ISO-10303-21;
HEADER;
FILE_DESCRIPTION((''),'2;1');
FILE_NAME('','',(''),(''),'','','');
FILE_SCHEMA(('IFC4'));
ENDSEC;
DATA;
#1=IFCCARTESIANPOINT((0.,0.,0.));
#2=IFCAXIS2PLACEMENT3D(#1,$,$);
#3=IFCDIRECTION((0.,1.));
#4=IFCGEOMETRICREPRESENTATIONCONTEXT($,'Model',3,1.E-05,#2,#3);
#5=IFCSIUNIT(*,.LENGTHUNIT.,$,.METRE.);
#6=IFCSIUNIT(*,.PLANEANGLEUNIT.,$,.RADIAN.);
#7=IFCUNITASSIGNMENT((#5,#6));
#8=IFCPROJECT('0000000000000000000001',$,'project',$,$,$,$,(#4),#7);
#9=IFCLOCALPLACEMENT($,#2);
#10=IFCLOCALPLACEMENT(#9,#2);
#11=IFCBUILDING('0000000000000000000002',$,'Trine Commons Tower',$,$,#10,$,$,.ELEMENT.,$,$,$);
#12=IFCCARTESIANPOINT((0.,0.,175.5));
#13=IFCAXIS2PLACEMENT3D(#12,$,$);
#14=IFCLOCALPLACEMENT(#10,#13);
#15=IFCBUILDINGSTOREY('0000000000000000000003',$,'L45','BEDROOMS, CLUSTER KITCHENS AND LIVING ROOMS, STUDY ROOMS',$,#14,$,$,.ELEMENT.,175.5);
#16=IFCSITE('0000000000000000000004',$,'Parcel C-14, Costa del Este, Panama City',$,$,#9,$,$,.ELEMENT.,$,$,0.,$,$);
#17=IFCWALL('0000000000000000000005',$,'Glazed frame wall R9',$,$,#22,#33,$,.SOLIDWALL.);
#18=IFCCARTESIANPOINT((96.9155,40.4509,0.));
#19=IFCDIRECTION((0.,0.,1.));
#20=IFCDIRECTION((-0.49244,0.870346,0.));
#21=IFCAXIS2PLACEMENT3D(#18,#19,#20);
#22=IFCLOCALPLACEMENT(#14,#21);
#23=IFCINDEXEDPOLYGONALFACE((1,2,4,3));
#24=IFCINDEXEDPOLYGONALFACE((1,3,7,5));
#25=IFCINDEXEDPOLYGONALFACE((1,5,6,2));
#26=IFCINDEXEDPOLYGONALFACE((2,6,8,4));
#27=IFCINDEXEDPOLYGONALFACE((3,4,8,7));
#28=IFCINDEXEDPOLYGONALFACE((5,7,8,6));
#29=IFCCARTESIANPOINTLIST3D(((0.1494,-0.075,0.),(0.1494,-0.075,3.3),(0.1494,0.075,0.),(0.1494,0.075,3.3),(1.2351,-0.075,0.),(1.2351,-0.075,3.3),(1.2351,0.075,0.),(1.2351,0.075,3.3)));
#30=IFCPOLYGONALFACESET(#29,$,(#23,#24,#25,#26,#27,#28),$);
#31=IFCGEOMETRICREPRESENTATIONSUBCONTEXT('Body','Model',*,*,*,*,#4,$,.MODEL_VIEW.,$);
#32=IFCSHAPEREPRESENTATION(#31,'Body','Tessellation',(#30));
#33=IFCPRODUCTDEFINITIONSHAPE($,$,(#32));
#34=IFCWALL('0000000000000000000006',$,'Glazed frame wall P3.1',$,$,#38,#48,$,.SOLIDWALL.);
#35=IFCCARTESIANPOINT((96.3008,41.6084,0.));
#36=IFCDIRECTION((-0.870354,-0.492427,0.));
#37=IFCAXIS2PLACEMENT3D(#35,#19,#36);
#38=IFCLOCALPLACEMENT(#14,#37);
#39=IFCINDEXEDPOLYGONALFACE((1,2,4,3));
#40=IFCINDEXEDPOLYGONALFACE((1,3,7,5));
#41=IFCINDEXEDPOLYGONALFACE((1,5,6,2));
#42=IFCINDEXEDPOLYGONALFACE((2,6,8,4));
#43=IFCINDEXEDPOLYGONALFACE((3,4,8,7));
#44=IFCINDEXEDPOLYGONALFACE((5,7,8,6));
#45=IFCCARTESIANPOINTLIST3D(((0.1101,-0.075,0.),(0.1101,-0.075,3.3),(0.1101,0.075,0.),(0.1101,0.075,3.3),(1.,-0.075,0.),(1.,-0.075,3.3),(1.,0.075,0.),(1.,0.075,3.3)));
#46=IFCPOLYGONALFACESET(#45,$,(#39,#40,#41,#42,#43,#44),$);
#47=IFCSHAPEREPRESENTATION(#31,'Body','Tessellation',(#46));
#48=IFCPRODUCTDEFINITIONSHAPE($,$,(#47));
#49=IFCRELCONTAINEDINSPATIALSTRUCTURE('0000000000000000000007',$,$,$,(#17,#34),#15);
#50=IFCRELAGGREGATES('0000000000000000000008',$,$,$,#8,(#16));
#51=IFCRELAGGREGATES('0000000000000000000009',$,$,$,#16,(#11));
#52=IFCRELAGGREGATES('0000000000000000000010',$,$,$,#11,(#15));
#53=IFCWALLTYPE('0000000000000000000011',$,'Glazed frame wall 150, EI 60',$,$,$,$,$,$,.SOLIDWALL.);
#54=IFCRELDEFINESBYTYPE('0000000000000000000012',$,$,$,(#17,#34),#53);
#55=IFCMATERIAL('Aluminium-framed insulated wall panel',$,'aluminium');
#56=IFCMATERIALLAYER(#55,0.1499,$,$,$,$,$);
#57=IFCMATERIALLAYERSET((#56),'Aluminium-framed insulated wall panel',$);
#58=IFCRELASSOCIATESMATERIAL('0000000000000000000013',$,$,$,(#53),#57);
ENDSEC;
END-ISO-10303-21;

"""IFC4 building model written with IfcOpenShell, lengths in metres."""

from ifc_helpers import new_model, si_unit, direction, frame, origin, place, context, subcontext, project, spatial, polyline, outline, extrude, material, layer, layer_set, type_object, element, save


model = new_model("IFC4")

# Units and contexts
model_context = context("Model", 3, precision=1e-05, world=origin(), true_north=direction((0.0, 1.0)))
body_context = subcontext(model_context, "Body", "Model", "MODEL_VIEW")
ifc_project = project(units=[si_unit("LENGTHUNIT", "METRE"), si_unit("PLANEANGLEUNIT", "RADIAN")], contexts=[model_context])

# Site, building, storey
site_placement = place(None, origin())
site = spatial("IfcSite", under=ifc_project, at=site_placement, Name="Parcel C-14, Costa del Este, Panama City", CompositionType="ELEMENT", RefElevation=0.0)
building_placement = place(site_placement, origin())
building = spatial("IfcBuilding", under=site, at=building_placement, Name="Trine Commons Tower", CompositionType="ELEMENT")
storey_placement = place(building_placement, frame((0.0, 0.0, 175.5)))
storey = spatial("IfcBuildingStorey", under=building, at=storey_placement, Name="L45", Description="BEDROOMS, CLUSTER KITCHENS AND LIVING ROOMS, STUDY ROOMS", CompositionType="ELEMENT", Elevation=175.5)

# Walls
ifc_material_1 = material(Name="Aluminium-framed insulated wall panel", Category="aluminium")
ifc_layer_1 = layer(ifc_material_1, 0.1499)
ifc_layer_set_1 = layer_set([ifc_layer_1], Name="Aluminium-framed insulated wall panel")
wall_type_1 = type_object("IfcWallType", Name="Glazed frame wall 150, EI 60", PredefinedType="SOLIDWALL", material=ifc_layer_set_1)
wall_1_placement = place(storey_placement, frame((96.9155, 40.4509, 0.0), z_axis=(0.0, 0.0, 1.0), x_axis=(-0.49244, 0.870346, 0.0)))
element("IfcWall", 1, at=wall_1_placement, inside=storey, type_object=wall_type_1, Name="Glazed frame wall R9", PredefinedType="SOLIDWALL", context=body_context, shape_type="SweptSolid", body=[
    extrude(outline(polyline([(0.1494, 0.075), (0.1494, -0.075), (1.2351, -0.075), (1.2351, 0.075), (0.1494, 0.075)])), origin(), (0.0, 0.0, 1.0), 3.3),
])
wall_2_placement = place(storey_placement, frame((96.3008, 41.6084, 0.0), z_axis=(0.0, 0.0, 1.0), x_axis=(-0.870354, -0.492427, 0.0)))
element("IfcWall", 2, at=wall_2_placement, inside=storey, type_object=wall_type_1, Name="Glazed frame wall P3.1", PredefinedType="SOLIDWALL", context=body_context, shape_type="SweptSolid", body=[
    extrude(outline(polyline([(0.1101, -0.075), (1.0, -0.075), (1.0, 0.075), (0.1101, 0.075), (0.1101, -0.075)])), origin(), (0.0, 0.0, 1.0), 3.3),
])

save(model, "model.ifc")
